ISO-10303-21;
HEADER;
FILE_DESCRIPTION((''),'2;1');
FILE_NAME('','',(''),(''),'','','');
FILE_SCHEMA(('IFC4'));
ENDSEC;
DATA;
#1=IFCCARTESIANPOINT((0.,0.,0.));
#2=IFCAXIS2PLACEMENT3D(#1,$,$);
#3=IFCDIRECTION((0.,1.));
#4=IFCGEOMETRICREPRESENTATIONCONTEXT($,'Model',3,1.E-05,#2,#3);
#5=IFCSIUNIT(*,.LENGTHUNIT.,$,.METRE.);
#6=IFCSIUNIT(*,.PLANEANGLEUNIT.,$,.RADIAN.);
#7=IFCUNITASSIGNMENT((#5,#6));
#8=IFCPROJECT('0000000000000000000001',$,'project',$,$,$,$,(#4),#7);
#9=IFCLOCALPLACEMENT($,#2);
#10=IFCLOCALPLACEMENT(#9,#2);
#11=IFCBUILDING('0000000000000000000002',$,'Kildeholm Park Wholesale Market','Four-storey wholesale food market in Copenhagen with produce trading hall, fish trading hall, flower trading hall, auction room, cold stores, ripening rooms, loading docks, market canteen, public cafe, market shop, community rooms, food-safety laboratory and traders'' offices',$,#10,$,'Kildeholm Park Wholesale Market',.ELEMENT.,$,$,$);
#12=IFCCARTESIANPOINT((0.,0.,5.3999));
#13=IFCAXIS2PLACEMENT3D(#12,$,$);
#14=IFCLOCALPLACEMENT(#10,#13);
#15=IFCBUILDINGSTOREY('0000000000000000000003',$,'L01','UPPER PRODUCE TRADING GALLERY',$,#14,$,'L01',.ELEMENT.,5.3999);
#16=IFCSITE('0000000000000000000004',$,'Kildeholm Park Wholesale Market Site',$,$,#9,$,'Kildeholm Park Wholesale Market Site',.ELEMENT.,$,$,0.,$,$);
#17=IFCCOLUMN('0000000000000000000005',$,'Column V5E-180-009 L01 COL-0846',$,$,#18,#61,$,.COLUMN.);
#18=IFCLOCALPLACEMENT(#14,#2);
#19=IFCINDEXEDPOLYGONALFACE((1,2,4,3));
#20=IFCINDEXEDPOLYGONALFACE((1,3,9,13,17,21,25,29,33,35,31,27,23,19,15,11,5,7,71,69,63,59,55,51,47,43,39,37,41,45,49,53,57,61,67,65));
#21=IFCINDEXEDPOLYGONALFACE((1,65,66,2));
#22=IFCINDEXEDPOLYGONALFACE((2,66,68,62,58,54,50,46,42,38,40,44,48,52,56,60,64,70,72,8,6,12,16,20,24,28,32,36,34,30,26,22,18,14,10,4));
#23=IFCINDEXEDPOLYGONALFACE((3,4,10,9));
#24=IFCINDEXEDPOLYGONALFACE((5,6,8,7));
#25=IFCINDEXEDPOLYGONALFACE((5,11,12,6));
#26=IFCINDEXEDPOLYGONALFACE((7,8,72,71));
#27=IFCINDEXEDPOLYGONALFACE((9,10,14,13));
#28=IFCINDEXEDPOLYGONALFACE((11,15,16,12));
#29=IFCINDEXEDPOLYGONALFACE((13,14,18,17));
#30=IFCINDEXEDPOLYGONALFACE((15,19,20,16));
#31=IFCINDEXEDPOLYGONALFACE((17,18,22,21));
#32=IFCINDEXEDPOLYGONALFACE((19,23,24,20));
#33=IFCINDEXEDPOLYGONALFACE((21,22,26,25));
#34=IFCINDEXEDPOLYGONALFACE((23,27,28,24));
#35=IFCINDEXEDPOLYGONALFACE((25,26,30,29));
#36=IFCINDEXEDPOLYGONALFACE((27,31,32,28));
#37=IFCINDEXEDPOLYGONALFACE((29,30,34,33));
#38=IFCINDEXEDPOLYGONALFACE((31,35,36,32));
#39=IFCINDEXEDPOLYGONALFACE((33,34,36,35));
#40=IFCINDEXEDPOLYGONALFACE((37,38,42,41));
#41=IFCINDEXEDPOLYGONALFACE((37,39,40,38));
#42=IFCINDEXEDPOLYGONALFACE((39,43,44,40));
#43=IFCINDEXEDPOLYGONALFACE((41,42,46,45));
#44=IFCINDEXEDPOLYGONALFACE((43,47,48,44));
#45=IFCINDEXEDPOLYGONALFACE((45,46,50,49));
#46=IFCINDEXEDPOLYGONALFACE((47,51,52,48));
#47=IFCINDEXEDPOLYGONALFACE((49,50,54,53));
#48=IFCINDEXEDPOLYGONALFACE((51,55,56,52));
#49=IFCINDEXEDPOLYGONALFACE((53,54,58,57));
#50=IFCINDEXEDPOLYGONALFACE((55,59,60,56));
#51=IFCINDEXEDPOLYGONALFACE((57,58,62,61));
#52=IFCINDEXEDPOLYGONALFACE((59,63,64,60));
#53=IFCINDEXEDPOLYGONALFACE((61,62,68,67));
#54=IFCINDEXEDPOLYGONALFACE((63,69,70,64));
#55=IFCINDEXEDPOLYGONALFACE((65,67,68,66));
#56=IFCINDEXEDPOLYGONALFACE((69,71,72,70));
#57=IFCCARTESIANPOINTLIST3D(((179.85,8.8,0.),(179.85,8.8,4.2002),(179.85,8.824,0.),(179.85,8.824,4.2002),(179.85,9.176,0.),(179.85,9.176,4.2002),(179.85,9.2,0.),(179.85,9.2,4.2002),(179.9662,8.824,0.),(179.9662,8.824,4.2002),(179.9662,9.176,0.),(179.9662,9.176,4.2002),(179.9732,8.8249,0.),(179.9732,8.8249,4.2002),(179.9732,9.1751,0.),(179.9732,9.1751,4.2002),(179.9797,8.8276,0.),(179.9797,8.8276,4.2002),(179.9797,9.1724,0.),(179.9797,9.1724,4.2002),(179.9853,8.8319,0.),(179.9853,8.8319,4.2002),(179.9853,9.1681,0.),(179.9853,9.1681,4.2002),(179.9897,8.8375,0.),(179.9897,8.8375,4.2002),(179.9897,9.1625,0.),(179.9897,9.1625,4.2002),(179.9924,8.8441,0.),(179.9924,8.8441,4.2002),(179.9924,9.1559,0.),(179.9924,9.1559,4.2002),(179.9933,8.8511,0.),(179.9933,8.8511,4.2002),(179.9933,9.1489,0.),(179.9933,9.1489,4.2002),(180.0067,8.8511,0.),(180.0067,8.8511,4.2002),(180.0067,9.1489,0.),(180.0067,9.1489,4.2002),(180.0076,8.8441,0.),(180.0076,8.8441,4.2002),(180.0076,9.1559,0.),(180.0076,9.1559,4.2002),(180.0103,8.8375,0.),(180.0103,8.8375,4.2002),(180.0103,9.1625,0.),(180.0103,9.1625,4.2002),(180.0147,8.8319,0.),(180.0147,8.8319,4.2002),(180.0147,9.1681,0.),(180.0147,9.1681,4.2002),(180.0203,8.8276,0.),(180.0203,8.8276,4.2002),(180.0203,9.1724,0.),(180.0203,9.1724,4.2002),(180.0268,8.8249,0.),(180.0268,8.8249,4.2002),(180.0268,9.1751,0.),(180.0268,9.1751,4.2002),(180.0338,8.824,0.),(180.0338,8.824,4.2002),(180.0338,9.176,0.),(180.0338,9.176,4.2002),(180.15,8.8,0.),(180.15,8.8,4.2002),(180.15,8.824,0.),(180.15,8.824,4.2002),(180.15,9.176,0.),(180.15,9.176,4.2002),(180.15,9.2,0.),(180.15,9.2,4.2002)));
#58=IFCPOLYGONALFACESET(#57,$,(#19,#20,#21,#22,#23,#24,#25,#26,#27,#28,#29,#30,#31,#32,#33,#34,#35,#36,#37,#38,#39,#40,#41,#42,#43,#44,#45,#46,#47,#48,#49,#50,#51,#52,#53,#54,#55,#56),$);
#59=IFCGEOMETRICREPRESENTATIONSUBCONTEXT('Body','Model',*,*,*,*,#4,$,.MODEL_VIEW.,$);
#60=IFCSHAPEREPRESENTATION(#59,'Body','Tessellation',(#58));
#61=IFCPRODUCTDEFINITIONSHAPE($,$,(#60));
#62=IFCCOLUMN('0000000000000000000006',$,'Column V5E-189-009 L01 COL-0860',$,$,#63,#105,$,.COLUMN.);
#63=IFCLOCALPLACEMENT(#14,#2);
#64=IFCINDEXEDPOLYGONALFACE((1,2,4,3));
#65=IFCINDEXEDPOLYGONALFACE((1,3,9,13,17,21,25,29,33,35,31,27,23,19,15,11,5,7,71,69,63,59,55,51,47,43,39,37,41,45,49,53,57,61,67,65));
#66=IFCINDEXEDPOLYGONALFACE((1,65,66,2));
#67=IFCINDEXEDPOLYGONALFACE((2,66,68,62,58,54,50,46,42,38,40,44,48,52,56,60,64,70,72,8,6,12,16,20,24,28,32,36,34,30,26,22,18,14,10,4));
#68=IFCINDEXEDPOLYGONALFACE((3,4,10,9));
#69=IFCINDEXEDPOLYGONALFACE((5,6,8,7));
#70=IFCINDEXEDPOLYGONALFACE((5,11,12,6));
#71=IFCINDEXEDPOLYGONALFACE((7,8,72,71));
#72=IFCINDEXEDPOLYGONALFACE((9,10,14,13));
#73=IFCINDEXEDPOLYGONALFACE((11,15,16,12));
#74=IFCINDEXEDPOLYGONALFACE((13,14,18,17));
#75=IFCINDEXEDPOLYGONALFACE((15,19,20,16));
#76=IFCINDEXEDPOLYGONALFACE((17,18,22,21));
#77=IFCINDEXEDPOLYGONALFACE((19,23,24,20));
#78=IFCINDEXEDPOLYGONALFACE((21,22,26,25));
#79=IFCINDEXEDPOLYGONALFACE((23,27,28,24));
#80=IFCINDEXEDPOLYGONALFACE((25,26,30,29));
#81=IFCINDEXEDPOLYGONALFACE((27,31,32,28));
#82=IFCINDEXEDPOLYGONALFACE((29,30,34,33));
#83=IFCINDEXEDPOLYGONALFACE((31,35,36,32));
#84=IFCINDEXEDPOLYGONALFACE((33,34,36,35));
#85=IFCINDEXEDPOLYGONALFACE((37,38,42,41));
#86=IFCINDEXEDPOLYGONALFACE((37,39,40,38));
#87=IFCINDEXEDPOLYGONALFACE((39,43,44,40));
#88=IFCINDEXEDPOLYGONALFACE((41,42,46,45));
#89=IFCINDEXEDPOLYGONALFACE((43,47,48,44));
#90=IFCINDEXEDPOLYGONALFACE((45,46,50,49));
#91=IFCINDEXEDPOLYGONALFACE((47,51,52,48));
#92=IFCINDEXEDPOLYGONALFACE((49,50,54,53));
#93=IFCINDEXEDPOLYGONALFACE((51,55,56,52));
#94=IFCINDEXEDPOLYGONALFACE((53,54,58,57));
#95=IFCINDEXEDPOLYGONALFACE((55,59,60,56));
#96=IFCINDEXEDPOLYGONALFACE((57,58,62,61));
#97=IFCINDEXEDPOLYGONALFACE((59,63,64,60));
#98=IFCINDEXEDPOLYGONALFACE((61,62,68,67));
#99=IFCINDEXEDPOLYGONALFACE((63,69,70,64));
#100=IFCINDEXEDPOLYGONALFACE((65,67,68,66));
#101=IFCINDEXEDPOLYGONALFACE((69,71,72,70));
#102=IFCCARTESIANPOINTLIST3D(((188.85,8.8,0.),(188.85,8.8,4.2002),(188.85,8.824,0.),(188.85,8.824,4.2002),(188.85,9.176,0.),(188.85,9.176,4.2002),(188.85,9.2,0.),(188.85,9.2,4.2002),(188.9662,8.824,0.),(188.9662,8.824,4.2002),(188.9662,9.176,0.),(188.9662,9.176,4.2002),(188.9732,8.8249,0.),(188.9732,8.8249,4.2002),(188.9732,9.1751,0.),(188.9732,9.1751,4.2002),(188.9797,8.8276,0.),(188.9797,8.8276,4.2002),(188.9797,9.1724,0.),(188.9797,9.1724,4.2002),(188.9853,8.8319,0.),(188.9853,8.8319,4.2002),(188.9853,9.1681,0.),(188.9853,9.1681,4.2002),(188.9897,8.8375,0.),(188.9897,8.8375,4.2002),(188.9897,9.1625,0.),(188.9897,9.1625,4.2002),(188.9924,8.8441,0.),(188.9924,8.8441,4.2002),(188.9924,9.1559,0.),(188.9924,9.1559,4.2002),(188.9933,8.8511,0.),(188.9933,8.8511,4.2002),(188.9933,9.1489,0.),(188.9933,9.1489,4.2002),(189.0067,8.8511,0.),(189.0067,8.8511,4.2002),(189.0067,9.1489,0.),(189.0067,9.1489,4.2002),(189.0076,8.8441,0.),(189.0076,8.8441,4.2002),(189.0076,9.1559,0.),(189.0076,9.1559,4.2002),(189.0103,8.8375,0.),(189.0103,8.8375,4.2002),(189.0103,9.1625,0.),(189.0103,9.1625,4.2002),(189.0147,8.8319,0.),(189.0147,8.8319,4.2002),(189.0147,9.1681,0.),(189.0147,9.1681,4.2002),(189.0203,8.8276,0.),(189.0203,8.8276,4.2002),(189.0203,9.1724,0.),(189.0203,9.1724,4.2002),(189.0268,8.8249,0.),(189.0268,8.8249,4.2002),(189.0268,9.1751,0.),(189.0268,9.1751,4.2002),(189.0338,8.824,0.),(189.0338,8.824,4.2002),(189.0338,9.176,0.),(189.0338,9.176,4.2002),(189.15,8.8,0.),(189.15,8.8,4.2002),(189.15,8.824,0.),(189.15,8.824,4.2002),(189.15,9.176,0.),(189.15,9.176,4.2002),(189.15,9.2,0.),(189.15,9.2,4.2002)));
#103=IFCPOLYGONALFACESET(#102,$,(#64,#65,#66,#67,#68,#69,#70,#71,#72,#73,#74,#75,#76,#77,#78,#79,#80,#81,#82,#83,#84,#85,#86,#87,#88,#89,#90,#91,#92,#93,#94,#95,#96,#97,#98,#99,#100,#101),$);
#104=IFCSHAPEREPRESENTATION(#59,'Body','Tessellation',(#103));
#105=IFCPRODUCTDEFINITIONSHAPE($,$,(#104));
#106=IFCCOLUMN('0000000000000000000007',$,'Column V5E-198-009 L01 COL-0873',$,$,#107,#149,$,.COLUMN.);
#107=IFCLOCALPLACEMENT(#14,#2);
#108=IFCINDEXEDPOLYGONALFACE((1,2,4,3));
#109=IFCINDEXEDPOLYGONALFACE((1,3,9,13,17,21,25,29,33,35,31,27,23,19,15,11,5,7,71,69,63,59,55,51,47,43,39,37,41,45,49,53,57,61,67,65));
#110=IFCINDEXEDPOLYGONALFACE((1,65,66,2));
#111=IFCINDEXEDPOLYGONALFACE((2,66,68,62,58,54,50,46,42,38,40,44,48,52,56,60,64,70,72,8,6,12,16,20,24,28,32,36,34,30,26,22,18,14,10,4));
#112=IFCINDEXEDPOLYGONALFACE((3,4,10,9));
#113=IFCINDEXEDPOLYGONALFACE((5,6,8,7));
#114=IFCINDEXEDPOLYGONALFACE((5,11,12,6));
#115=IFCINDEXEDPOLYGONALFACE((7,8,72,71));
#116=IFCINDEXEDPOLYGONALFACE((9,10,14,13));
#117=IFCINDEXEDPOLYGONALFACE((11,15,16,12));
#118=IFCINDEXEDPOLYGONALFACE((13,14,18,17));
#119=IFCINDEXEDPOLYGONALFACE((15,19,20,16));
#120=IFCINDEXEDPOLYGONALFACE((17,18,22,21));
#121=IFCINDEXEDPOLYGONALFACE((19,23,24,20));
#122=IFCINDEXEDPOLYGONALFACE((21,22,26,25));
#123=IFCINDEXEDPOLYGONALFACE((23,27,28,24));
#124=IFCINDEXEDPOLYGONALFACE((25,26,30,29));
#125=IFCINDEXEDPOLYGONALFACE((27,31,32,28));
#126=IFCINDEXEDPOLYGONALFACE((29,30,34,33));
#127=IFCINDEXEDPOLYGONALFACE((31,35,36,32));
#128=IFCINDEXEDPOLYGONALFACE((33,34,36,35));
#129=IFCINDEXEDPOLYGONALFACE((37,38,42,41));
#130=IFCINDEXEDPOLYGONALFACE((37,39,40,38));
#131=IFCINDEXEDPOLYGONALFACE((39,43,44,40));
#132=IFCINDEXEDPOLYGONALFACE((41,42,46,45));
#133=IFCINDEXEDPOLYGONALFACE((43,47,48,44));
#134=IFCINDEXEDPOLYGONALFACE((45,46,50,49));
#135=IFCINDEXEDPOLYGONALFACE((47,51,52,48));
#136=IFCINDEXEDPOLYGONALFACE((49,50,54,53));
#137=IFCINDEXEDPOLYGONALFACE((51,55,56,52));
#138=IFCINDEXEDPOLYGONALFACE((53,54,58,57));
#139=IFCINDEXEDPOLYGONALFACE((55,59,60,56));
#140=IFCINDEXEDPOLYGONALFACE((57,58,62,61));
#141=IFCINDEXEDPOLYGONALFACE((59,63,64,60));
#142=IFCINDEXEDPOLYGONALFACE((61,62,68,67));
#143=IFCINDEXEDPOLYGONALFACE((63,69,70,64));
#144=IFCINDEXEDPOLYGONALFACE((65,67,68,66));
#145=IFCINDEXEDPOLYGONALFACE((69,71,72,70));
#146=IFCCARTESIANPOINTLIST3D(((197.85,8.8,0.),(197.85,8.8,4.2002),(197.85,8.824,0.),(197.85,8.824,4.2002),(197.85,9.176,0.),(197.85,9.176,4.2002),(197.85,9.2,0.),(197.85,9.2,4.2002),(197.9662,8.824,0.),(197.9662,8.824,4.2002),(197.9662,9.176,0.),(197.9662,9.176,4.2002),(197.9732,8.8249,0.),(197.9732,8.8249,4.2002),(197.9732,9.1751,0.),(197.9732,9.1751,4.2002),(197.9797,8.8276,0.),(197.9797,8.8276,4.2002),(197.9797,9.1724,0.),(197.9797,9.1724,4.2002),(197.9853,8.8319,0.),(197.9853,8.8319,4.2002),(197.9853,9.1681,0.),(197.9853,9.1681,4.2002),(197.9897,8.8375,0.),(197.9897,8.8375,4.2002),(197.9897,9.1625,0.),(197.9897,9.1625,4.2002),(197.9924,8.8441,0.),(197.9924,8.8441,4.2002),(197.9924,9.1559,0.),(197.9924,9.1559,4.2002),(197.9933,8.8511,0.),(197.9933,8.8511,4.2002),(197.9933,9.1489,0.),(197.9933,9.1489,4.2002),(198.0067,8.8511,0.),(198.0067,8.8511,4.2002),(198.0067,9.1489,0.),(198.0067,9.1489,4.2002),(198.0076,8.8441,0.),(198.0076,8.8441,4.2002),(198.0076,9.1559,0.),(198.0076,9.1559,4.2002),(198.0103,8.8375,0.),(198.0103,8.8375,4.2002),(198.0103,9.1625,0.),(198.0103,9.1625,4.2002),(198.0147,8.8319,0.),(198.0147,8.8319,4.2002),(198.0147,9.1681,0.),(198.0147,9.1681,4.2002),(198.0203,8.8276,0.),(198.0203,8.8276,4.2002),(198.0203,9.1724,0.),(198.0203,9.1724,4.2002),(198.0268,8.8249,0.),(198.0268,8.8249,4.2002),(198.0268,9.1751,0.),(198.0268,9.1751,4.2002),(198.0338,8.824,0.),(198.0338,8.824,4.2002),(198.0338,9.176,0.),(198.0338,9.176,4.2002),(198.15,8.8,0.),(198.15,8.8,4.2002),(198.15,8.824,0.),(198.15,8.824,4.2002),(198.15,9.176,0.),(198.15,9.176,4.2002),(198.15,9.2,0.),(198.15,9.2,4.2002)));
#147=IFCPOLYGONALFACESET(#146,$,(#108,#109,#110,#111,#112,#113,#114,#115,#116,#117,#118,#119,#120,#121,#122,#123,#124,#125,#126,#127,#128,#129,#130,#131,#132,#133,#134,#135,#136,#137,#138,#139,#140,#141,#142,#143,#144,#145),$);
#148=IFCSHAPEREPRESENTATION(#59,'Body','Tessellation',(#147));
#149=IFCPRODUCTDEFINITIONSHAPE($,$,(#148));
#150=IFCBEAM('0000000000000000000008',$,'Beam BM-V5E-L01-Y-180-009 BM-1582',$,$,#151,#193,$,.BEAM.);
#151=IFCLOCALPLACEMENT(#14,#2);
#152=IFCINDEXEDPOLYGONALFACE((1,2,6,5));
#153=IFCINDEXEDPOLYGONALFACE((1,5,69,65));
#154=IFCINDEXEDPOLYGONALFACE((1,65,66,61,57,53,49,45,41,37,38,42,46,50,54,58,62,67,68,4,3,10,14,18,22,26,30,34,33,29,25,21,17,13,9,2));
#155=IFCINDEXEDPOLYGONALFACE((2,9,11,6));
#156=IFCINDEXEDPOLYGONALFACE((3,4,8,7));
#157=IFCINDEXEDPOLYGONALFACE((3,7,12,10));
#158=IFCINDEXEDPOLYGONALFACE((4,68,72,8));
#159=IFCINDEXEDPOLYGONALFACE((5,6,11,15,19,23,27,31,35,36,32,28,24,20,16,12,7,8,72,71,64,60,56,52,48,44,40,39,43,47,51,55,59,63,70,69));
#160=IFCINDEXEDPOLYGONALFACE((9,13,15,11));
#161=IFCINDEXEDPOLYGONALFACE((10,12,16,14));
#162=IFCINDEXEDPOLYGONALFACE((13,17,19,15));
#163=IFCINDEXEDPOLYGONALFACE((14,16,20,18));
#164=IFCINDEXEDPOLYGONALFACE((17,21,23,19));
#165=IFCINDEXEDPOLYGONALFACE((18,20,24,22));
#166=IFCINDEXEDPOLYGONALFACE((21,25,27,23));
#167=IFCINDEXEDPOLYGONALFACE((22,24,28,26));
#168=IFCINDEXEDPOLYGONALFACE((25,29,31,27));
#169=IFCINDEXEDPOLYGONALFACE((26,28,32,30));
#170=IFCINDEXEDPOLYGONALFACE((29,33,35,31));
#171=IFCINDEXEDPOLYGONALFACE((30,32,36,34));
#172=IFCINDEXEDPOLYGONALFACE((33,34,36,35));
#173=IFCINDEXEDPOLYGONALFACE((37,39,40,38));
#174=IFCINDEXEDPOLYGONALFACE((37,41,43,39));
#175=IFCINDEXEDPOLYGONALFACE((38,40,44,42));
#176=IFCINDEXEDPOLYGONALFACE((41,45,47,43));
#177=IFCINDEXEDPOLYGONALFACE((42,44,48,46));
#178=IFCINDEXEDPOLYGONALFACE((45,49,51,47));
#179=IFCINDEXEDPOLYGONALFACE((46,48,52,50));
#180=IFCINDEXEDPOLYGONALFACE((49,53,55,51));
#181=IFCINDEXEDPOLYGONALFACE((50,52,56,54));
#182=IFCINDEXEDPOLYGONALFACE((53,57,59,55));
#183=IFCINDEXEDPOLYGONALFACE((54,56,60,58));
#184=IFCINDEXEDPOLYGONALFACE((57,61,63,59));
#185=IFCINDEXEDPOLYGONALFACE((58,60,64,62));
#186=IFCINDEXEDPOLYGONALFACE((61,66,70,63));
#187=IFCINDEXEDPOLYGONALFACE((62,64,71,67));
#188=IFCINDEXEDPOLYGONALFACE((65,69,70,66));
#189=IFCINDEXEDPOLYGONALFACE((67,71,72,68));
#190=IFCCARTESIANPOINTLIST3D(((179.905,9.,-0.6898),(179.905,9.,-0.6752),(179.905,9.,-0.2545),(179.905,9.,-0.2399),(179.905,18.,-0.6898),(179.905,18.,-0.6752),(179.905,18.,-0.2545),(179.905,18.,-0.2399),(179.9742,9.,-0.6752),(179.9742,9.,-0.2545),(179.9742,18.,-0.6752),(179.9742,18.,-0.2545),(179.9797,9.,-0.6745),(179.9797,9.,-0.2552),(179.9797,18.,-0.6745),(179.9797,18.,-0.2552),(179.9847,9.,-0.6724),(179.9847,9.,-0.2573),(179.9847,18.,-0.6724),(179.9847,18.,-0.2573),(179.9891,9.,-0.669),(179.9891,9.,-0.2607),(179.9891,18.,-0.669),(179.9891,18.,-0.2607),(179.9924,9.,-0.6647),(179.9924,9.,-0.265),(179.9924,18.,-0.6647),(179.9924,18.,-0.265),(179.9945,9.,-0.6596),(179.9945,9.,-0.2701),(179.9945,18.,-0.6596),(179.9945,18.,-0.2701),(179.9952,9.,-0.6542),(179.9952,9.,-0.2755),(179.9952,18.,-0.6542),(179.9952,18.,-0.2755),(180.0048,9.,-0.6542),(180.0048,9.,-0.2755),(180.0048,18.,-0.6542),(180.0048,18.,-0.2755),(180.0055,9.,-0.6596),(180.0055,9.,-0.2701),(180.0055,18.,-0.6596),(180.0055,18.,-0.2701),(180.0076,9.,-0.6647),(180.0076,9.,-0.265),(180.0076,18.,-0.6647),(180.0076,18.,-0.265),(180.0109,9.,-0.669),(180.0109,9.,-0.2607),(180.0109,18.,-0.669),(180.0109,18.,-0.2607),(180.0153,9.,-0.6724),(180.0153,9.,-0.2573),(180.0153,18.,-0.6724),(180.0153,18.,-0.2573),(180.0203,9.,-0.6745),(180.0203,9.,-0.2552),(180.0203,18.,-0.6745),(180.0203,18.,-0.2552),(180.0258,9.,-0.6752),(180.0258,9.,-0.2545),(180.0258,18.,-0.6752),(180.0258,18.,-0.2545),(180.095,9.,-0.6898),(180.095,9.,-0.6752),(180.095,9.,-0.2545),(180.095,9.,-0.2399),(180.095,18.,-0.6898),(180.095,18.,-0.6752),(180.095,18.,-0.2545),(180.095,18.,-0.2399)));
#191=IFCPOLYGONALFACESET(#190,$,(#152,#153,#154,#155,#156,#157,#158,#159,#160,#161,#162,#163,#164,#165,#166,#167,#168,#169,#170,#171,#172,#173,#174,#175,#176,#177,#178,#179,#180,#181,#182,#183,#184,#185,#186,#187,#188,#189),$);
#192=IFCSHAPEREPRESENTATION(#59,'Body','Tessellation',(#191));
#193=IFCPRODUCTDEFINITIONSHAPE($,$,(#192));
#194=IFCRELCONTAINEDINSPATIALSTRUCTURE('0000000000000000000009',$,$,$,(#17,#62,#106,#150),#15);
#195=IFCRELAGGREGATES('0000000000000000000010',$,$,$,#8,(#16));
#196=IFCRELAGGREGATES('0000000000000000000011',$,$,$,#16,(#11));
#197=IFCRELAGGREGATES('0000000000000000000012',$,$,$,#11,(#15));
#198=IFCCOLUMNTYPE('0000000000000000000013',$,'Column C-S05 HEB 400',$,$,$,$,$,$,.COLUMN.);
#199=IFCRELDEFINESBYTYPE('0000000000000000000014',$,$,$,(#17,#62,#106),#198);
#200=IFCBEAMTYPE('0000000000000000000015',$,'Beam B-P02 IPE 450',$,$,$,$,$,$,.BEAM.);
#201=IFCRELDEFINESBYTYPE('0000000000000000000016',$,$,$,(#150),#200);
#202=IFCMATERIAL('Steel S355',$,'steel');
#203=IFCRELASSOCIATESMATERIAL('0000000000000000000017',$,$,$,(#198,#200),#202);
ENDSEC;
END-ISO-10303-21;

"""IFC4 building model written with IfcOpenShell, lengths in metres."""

from ifc_helpers import new_model, si_unit, direction, frame, origin, origin_2d, place, context, subcontext, project, spatial, i_section, extrude, material, material_profile, profile_set, type_object, element, save


model = new_model("IFC4")

# Units and contexts
model_context = context("Model", 3, precision=1e-05, world=origin(), true_north=direction((0.0, 1.0)))
body_context = subcontext(model_context, "Body", "Model", "MODEL_VIEW")
ifc_project = project(units=[si_unit("LENGTHUNIT", "METRE"), si_unit("PLANEANGLEUNIT", "RADIAN")], contexts=[model_context])

# Site, building, storey
site_placement = place(None, origin())
site = spatial("IfcSite", under=ifc_project, at=site_placement, Name="Kildeholm Park Wholesale Market Site", LongName="Kildeholm Park Wholesale Market Site", CompositionType="ELEMENT", RefElevation=0.0)
building_placement = place(site_placement, origin())
building = spatial("IfcBuilding", under=site, at=building_placement, Name="Kildeholm Park Wholesale Market", Description="Four-storey wholesale food market in Copenhagen with produce trading hall, fish trading hall, flower trading hall, auction room, cold stores, ripening rooms, loading docks, market canteen, public cafe, market shop, community rooms, food-safety laboratory and traders' offices", LongName="Kildeholm Park Wholesale Market", CompositionType="ELEMENT")
storey_placement = place(building_placement, frame((0.0, 0.0, 5.3999)))
storey = spatial("IfcBuildingStorey", under=building, at=storey_placement, Name="L01", Description="UPPER PRODUCE TRADING GALLERY", LongName="L01", CompositionType="ELEMENT", Elevation=5.3999)

# Columns
ifc_material_1 = material(Name="Steel S355", Category="steel")
ifc_material_profile_1 = material_profile(ifc_material_1, i_section(OverallWidth=0.3, OverallDepth=0.3999, WebThickness=0.0134, FlangeThickness=0.0239, FilletRadius=0.0271, at=origin_2d()), Name="HEB 400")
ifc_profile_set_1 = profile_set([ifc_material_profile_1], Name="Steel S355")
column_type = type_object("IfcColumnType", Name="Column C-S05 HEB 400", PredefinedType="COLUMN", material=ifc_profile_set_1)
for number, where, z_axis, x_axis, name in (
    (1, (180.0, 9.0, 0.0), (0.0, 0.0, 1.0), (1.0, 0.0, 0.0), "Column V5E-180-009 L01 COL-0846"),
    (2, (189.0, 9.0, 0.0), (0.0, 0.0, 1.0), (1.0, 0.0, 0.0), "Column V5E-189-009 L01 COL-0860"),
    (3, (198.0, 9.0, 0.0), (0.0, 0.0, 1.0), (1.0, 0.0, 0.0), "Column V5E-198-009 L01 COL-0873"),
):
    element("IfcColumn", number, at=place(storey_placement, frame(where, z_axis=z_axis, x_axis=x_axis)), inside=storey, type_object=column_type, Name=name, PredefinedType="COLUMN", context=body_context, shape_type="SweptSolid", body=[
        extrude(i_section(OverallWidth=0.3, OverallDepth=0.3999, WebThickness=0.0134, FlangeThickness=0.0239, FilletRadius=0.0271, at=origin_2d()), origin(), (0.0, 0.0, 1.0), 4.2002),
    ])

# Beam
ifc_material_profile_2 = material_profile(ifc_material_1, i_section(OverallWidth=0.1899, OverallDepth=0.45, WebThickness=0.0095, FlangeThickness=0.0146, FilletRadius=0.021, at=origin_2d()), Name="IPE 450")
ifc_profile_set_2 = profile_set([ifc_material_profile_2], Name="Steel S355")
beam_type_1 = type_object("IfcBeamType", Name="Beam B-P02 IPE 450", PredefinedType="BEAM", material=ifc_profile_set_2)
for number, where, z_axis, x_axis, name in (
    (4, (180.0, 9.0, -0.4648), (0.0, 1.0, 0.0), (-1.0, 0.0, 0.0), "Beam BM-V5E-L01-Y-180-009 BM-1582"),
):
    element("IfcBeam", number, at=place(storey_placement, frame(where, z_axis=z_axis, x_axis=x_axis)), inside=storey, type_object=beam_type_1, Name=name, PredefinedType="BEAM", context=body_context, shape_type="SweptSolid", body=[
        extrude(i_section(OverallWidth=0.1899, OverallDepth=0.45, WebThickness=0.0095, FlangeThickness=0.0146, FilletRadius=0.021, at=origin_2d()), origin(), (0.0, 0.0, 1.0), 9.0),
    ])

save(model, "model.ifc")
